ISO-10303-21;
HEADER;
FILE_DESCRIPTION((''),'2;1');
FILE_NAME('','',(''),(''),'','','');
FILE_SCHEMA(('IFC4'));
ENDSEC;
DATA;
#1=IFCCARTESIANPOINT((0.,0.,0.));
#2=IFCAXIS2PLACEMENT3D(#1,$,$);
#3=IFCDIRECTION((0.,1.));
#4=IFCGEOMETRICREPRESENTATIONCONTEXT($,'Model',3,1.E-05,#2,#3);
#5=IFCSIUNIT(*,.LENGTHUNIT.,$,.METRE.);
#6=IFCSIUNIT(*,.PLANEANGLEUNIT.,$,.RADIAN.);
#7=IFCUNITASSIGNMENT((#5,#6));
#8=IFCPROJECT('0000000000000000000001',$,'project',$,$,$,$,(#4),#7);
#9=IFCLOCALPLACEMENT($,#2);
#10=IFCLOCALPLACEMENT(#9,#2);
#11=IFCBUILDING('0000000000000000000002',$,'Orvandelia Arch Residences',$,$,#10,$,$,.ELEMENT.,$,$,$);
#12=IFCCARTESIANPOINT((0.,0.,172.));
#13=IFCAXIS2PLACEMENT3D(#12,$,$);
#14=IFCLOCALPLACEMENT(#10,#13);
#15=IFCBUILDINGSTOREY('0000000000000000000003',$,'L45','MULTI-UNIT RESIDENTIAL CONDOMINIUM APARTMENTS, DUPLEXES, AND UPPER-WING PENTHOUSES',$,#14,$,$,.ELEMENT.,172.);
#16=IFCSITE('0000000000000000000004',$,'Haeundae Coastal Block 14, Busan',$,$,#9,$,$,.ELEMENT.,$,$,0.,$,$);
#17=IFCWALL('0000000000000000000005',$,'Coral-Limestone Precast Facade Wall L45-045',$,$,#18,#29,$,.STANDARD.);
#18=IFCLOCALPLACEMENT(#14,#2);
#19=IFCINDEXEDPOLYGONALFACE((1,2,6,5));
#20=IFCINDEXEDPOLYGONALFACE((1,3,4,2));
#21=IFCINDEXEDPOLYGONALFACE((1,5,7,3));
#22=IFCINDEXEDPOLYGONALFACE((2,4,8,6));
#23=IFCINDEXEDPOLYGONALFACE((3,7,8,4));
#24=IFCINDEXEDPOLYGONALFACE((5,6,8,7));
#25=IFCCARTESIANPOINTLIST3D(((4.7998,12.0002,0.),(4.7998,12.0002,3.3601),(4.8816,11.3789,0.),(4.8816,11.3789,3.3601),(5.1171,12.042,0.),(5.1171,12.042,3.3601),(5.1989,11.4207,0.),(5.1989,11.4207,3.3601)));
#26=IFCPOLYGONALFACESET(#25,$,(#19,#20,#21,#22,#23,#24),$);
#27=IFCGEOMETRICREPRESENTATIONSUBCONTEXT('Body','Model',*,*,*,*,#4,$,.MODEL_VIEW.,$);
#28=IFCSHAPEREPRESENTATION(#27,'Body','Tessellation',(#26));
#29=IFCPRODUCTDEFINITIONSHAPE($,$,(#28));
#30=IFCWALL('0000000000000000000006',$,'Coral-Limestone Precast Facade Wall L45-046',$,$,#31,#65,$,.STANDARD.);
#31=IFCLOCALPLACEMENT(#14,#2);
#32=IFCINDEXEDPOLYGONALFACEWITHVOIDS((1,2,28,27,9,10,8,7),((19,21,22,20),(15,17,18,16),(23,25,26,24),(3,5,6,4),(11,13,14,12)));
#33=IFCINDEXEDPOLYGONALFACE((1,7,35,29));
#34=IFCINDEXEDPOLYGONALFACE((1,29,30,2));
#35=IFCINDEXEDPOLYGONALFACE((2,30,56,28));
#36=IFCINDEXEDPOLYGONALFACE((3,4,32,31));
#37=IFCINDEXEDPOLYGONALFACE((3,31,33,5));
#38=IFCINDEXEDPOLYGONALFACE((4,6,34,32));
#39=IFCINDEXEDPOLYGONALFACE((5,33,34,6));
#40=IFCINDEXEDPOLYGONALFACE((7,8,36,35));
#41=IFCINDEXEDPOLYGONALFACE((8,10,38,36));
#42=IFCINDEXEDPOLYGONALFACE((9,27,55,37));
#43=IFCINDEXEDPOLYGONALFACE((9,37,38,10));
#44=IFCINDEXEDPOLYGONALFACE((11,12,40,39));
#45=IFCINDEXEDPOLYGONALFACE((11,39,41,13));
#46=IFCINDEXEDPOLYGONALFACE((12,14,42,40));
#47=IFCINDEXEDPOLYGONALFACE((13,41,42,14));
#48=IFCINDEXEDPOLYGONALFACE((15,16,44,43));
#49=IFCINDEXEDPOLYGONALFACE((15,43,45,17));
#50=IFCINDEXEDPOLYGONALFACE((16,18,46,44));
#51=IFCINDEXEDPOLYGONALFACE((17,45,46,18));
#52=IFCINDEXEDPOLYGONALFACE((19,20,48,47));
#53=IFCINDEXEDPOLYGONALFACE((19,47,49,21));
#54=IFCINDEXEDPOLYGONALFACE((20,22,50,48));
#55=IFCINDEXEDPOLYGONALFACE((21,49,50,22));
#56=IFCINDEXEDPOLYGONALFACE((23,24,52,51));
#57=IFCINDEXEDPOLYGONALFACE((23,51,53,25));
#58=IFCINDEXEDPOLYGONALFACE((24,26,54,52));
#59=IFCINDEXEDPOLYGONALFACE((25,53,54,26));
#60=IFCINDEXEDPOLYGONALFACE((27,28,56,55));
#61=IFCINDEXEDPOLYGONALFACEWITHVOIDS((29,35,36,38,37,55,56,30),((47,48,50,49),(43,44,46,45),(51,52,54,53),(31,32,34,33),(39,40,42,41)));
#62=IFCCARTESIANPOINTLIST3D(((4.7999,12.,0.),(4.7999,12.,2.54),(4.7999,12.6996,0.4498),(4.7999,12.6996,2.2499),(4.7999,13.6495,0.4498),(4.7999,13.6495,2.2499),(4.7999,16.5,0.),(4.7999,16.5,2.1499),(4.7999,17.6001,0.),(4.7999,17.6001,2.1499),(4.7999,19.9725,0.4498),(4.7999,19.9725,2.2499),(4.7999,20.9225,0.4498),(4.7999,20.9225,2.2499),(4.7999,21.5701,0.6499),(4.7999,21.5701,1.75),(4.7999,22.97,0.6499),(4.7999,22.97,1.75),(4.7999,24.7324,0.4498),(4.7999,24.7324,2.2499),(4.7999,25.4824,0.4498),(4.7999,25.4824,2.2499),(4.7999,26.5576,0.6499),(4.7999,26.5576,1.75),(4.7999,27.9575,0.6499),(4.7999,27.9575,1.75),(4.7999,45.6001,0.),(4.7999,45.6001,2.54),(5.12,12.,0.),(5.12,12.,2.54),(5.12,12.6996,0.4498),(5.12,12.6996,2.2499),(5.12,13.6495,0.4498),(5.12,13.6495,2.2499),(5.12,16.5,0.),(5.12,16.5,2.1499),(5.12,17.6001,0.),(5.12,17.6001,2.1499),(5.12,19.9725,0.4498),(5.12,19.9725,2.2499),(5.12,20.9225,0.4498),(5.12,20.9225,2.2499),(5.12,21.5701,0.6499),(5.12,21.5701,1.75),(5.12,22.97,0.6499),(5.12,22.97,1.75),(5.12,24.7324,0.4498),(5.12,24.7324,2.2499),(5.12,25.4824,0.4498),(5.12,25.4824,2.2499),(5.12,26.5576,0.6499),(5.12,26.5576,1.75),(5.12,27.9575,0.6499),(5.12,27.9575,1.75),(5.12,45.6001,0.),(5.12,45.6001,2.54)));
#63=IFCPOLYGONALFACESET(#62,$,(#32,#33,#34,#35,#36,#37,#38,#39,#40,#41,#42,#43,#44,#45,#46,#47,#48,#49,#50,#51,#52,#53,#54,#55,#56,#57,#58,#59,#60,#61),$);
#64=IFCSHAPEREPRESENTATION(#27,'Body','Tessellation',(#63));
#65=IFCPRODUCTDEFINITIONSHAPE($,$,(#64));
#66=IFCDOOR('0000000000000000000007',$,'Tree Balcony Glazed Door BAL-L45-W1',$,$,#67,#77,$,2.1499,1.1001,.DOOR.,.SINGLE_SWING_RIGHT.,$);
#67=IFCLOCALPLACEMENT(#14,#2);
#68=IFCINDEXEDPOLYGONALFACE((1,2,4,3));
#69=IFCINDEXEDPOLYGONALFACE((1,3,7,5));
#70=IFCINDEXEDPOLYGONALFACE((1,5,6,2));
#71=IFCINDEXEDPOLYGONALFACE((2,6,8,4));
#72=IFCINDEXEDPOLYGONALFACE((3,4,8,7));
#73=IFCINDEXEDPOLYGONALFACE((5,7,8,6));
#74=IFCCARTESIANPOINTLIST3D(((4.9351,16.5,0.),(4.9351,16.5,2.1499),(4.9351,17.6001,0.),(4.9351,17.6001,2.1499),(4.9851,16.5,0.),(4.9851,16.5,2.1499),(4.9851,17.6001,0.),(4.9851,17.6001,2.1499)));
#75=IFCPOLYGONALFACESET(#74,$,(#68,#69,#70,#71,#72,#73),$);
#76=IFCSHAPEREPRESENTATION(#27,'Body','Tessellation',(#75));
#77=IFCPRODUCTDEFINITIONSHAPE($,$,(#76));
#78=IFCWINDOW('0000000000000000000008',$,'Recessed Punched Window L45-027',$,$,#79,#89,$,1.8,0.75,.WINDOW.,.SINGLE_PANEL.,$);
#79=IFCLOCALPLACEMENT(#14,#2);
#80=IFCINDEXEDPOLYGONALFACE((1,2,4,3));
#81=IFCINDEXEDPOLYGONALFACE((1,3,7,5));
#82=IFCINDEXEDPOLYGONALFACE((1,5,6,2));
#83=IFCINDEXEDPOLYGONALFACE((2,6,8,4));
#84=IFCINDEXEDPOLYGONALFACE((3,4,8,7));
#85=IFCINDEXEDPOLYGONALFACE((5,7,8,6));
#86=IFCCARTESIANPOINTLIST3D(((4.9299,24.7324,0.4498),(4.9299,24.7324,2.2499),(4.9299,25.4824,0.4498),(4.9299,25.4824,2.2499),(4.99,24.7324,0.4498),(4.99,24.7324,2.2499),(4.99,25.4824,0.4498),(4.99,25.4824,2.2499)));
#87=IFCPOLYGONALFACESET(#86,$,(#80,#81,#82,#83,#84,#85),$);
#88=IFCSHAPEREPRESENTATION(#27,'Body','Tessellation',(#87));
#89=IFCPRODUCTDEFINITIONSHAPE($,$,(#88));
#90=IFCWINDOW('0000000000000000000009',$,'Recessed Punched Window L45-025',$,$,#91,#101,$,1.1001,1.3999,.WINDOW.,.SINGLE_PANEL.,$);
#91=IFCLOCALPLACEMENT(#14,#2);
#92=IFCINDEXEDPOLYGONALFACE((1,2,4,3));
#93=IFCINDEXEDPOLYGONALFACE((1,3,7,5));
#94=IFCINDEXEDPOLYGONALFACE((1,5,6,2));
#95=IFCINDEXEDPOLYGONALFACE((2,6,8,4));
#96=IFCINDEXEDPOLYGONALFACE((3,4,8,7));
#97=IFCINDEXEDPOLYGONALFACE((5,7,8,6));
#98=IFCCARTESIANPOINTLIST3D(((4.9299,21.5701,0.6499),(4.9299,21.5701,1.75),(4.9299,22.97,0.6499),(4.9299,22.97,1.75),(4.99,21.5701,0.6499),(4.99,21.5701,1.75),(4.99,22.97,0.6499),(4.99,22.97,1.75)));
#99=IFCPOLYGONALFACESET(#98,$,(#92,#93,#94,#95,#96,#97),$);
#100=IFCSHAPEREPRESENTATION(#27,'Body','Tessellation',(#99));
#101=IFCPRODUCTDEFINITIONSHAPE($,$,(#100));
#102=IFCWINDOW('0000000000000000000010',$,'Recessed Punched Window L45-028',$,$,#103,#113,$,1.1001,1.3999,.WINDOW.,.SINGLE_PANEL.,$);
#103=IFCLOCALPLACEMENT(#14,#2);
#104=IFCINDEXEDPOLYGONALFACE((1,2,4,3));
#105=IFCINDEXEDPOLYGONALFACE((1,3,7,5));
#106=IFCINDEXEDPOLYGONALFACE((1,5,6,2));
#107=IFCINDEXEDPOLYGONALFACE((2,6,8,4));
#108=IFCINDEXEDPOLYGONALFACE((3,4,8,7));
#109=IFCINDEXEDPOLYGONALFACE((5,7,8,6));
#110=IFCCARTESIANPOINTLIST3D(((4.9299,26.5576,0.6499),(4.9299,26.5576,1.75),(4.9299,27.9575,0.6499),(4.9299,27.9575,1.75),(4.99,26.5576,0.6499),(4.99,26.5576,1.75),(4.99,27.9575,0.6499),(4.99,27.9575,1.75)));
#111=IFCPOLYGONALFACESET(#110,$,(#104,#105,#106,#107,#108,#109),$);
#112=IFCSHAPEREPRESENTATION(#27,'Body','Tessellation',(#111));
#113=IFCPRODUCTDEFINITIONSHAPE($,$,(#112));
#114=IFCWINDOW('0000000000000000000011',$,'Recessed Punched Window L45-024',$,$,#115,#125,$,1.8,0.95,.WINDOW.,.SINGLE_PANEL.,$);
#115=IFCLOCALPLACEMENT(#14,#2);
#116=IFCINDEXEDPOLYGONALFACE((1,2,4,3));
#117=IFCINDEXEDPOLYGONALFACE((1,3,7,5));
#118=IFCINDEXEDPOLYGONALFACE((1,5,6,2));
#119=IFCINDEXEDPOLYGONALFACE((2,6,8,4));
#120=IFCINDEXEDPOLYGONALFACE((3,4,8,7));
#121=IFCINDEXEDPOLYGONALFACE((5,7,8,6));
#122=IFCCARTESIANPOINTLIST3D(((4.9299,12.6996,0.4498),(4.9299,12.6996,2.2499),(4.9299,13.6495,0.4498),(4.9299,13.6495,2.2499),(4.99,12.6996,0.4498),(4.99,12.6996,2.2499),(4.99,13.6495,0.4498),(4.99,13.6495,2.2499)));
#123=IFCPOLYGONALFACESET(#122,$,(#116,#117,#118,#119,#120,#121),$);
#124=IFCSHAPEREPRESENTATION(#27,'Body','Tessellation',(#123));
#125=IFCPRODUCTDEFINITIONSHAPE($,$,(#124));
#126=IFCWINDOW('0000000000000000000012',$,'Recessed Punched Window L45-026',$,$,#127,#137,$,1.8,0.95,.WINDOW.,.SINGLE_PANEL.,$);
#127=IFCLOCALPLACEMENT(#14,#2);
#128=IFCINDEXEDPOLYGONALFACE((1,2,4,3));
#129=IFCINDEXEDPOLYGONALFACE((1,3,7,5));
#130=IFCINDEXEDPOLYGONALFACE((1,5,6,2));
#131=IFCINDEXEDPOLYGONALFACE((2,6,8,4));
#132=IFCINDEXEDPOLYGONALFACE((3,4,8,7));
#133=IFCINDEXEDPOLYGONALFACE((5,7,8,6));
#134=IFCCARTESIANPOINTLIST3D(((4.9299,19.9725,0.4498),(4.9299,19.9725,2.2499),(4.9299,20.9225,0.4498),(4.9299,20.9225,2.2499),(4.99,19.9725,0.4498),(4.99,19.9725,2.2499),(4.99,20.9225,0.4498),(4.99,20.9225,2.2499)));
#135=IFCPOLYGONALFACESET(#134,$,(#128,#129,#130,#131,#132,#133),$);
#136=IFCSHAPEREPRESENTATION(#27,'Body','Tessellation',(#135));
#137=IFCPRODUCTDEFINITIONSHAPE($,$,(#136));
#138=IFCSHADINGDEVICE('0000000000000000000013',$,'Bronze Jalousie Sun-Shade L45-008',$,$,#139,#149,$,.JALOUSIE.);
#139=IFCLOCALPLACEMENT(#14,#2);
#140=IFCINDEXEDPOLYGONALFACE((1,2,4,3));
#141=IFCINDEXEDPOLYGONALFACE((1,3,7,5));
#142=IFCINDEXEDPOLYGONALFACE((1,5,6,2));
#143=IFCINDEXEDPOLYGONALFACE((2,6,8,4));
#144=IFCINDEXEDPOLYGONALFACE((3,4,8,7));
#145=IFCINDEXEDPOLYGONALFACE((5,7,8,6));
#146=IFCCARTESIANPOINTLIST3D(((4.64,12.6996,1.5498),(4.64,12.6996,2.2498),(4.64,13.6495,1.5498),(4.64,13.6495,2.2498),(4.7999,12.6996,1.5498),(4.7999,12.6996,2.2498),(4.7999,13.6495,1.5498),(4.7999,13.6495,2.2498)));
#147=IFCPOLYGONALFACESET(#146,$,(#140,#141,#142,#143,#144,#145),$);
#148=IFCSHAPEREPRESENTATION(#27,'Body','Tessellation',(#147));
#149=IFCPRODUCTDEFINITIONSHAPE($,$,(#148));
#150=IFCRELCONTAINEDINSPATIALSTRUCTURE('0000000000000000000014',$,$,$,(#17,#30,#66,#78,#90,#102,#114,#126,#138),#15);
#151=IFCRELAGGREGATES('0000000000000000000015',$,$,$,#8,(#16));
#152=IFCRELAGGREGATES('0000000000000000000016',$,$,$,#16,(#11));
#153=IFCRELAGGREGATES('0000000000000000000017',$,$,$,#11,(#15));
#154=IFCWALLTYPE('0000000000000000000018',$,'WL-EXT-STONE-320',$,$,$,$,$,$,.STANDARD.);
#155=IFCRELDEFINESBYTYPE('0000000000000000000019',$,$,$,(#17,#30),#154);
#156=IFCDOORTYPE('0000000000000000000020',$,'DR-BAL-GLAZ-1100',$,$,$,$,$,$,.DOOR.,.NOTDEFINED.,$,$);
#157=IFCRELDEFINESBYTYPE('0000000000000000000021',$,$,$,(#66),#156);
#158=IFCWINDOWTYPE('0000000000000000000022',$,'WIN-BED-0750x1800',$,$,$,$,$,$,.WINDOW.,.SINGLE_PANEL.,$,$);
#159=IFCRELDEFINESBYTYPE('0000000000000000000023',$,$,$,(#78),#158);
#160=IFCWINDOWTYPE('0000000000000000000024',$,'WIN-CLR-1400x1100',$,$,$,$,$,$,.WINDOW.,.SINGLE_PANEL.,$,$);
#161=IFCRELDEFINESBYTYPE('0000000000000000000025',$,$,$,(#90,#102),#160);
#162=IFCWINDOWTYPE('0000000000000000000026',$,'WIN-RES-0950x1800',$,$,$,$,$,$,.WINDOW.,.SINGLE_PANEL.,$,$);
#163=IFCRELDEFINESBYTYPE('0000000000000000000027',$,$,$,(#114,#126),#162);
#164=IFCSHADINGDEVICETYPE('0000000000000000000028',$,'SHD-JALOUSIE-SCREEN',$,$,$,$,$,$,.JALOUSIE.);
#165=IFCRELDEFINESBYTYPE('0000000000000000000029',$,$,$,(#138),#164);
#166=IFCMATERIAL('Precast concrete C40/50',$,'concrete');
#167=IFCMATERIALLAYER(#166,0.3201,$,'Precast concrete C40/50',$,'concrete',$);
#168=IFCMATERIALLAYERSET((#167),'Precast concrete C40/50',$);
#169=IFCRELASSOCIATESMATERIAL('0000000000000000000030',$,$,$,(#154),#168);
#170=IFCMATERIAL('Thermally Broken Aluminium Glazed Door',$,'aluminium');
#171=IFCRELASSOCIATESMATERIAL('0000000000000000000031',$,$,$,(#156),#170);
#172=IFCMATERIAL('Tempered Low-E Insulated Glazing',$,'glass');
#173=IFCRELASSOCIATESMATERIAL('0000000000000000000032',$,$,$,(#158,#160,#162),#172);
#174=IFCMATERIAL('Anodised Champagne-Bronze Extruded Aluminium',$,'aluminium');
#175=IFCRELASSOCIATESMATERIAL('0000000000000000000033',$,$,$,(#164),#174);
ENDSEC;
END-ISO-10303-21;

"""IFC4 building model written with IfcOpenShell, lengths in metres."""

from ifc_helpers import new_model, si_unit, direction, frame, frame_2d, origin, origin_2d, place, context, subcontext, project, spatial, rectangle, extrude, material, layer, layer_set, type_object, element, fill, save


model = new_model("IFC4")

# Units and contexts
model_context = context("Model", 3, precision=1e-05, world=origin(), true_north=direction((0.0, 1.0)))
body_context = subcontext(model_context, "Body", "Model", "MODEL_VIEW")
ifc_project = project(units=[si_unit("LENGTHUNIT", "METRE"), si_unit("PLANEANGLEUNIT", "RADIAN")], contexts=[model_context])

# Site, building, storey
site_placement = place(None, origin())
site = spatial("IfcSite", under=ifc_project, at=site_placement, Name="Haeundae Coastal Block 14, Busan", CompositionType="ELEMENT", RefElevation=0.0)
building_placement = place(site_placement, origin())
building = spatial("IfcBuilding", under=site, at=building_placement, Name="Orvandelia Arch Residences", CompositionType="ELEMENT")
storey_placement = place(building_placement, frame((0.0, 0.0, 172.0)))
storey = spatial("IfcBuildingStorey", under=building, at=storey_placement, Name="L45", Description="MULTI-UNIT RESIDENTIAL CONDOMINIUM APARTMENTS, DUPLEXES, AND UPPER-WING PENTHOUSES", CompositionType="ELEMENT", Elevation=172.0)

# Shared definitions
ifc_material_1 = material(Name="Precast concrete C40/50", Category="concrete")

# Wall
ifc_layer_1 = layer(ifc_material_1, 0.3201, Name="Precast concrete C40/50", Category="concrete")
ifc_layer_set_1 = layer_set([ifc_layer_1], Name="Precast concrete C40/50")
wall_type_1 = type_object("IfcWallType", Name="WL-EXT-STONE-320", PredefinedType="STANDARD", material=ifc_layer_set_1)
wall_1_placement = place(storey_placement, frame((5.0403, 11.3997, 0.0), z_axis=(0.0, 0.0, 1.0), x_axis=(-0.130505, 0.991448, 0.0)))
element("IfcWall", 1, at=wall_1_placement, inside=storey, type_object=wall_type_1, Name="Coral-Limestone Precast Facade Wall L45-045", PredefinedType="STANDARD", context=body_context, shape_type="SweptSolid", body=[
    extrude(rectangle(XDim=0.6267, YDim=0.3201, at=frame_2d((0.3135, 0.0))), origin(), (0.0, 0.0, 1.0), 3.3601),
])

# Wall, openings, door, windows
wall_2_placement = place(storey_placement, frame((4.96, 12.0, 0.0), z_axis=(0.0, 0.0, 1.0), x_axis=(0.0, 1.0, 0.0)))
wall_2 = element("IfcWall", 2, at=wall_2_placement, inside=storey, type_object=wall_type_1, Name="Coral-Limestone Precast Facade Wall L45-046", PredefinedType="STANDARD", context=body_context, shape_type="SweptSolid", body=[
    extrude(rectangle(XDim=33.6001, YDim=0.3201, at=frame_2d((16.8, 0.0))), origin(), (0.0, 0.0, 1.0), 2.54),
])
opening_1_placement = place(wall_2_placement, frame((4.5, 0.0, 0.0)))
opening_1 = element("IfcOpeningElement", 3, at=opening_1_placement, cuts=wall_2, PredefinedType="OPENING", context=body_context, shape_type="SweptSolid", body=[
    extrude(rectangle(XDim=1.1001, YDim=2.1499, at=frame_2d((0.55, 1.075))), frame((0.0, 0.1699, 0.0), z_axis=(0.0, -1.0, 0.0), x_axis=(1.0, 0.0, 0.0)), (0.0, 0.0, 1.0), 0.3401),
])
opening_2_placement = place(wall_2_placement, frame((0.6995, 0.0, 0.45)))
opening_2 = element("IfcOpeningElement", 4, at=opening_2_placement, cuts=wall_2, PredefinedType="OPENING", context=body_context, shape_type="SweptSolid", body=[
    extrude(rectangle(XDim=0.95, YDim=1.8, at=frame_2d((0.4751, 0.8999))), frame((0.0, 0.1699, 0.0), z_axis=(0.0, -1.0, 0.0), x_axis=(1.0, 0.0, 0.0)), (0.0, 0.0, 1.0), 0.3401),
])
opening_3_placement = place(wall_2_placement, frame((9.5701, 0.0, 0.6499)))
opening_3 = element("IfcOpeningElement", 5, at=opening_3_placement, cuts=wall_2, PredefinedType="OPENING", context=body_context, shape_type="SweptSolid", body=[
    extrude(rectangle(XDim=1.3999, YDim=1.1001, at=frame_2d((0.7, 0.55))), frame((0.0, 0.1699, 0.0), z_axis=(0.0, -1.0, 0.0), x_axis=(1.0, 0.0, 0.0)), (0.0, 0.0, 1.0), 0.3401),
])
opening_4_placement = place(wall_2_placement, frame((7.9724, 0.0, 0.45)))
opening_4 = element("IfcOpeningElement", 6, at=opening_4_placement, cuts=wall_2, PredefinedType="OPENING", context=body_context, shape_type="SweptSolid", body=[
    extrude(rectangle(XDim=0.95, YDim=1.8, at=frame_2d((0.4751, 0.8999))), frame((0.0, 0.1699, 0.0), z_axis=(0.0, -1.0, 0.0), x_axis=(1.0, 0.0, 0.0)), (0.0, 0.0, 1.0), 0.3401),
])
opening_5_placement = place(wall_2_placement, frame((12.7324, 0.0, 0.45)))
opening_5 = element("IfcOpeningElement", 7, at=opening_5_placement, cuts=wall_2, PredefinedType="OPENING", context=body_context, shape_type="SweptSolid", body=[
    extrude(rectangle(XDim=0.75, YDim=1.8, at=frame_2d((0.375, 0.8999))), frame((0.0, 0.1699, 0.0), z_axis=(0.0, -1.0, 0.0), x_axis=(1.0, 0.0, 0.0)), (0.0, 0.0, 1.0), 0.3401),
])
opening_6_placement = place(wall_2_placement, frame((14.5576, 0.0, 0.6499)))
opening_6 = element("IfcOpeningElement", 8, at=opening_6_placement, cuts=wall_2, PredefinedType="OPENING", context=body_context, shape_type="SweptSolid", body=[
    extrude(rectangle(XDim=1.3999, YDim=1.1001, at=frame_2d((0.7, 0.55))), frame((0.0, 0.1699, 0.0), z_axis=(0.0, -1.0, 0.0), x_axis=(1.0, 0.0, 0.0)), (0.0, 0.0, 1.0), 0.3401),
])
ifc_material_2 = material(Name="Thermally Broken Aluminium Glazed Door", Category="aluminium")
door_type_1 = type_object("IfcDoorType", Name="DR-BAL-GLAZ-1100", OperationType="NOTDEFINED", PredefinedType="DOOR", material=ifc_material_2)
door_1_placement = place(opening_1_placement, origin())
door_1 = element("IfcDoor", 9, at=door_1_placement, inside=storey, type_object=door_type_1, Name="Tree Balcony Glazed Door BAL-L45-W1", OperationType="SINGLE_SWING_RIGHT", OverallHeight=2.1499, OverallWidth=1.1001, PredefinedType="DOOR", context=body_context, shape_type="SweptSolid", body=[
    extrude(rectangle(XDim=1.1001, YDim=2.1499, at=frame_2d((0.55, 1.075))), frame((0.0, 0.0249, 0.0), z_axis=(0.0, -1.0, 0.0), x_axis=(1.0, 0.0, 0.0)), (0.0, 0.0, 1.0), 0.05),
])
fill(opening_1, door_1)
ifc_material_3 = material(Name="Tempered Low-E Insulated Glazing", Category="glass")
window_type_1 = type_object("IfcWindowType", Name="WIN-BED-0750x1800", PartitioningType="SINGLE_PANEL", PredefinedType="WINDOW", material=ifc_material_3)
window_1_placement = place(opening_5_placement, origin())
window_1 = element("IfcWindow", 10, at=window_1_placement, inside=storey, type_object=window_type_1, Name="Recessed Punched Window L45-027", OverallHeight=1.8, OverallWidth=0.75, PartitioningType="SINGLE_PANEL", PredefinedType="WINDOW", context=body_context, shape_type="SweptSolid", body=[
    extrude(rectangle(XDim=0.75, YDim=1.8, at=frame_2d((0.375, 0.8999))), frame((0.0, 0.03, 0.0), z_axis=(0.0, -1.0, 0.0), x_axis=(1.0, 0.0, 0.0)), (0.0, 0.0, 1.0), 0.0601),
])
fill(opening_5, window_1)
window_type_2 = type_object("IfcWindowType", Name="WIN-CLR-1400x1100", PartitioningType="SINGLE_PANEL", PredefinedType="WINDOW", material=ifc_material_3)
window_2_placement = place(opening_3_placement, origin())
window_2 = element("IfcWindow", 11, at=window_2_placement, inside=storey, type_object=window_type_2, Name="Recessed Punched Window L45-025", OverallHeight=1.1001, OverallWidth=1.3999, PartitioningType="SINGLE_PANEL", PredefinedType="WINDOW", context=body_context, shape_type="SweptSolid", body=[
    extrude(rectangle(XDim=1.3999, YDim=1.1001, at=frame_2d((0.7, 0.55))), frame((0.0, 0.03, 0.0), z_axis=(0.0, -1.0, 0.0), x_axis=(1.0, 0.0, 0.0)), (0.0, 0.0, 1.0), 0.0601),
])
fill(opening_3, window_2)
window_3_placement = place(opening_6_placement, origin())
window_3 = element("IfcWindow", 12, at=window_3_placement, inside=storey, type_object=window_type_2, Name="Recessed Punched Window L45-028", OverallHeight=1.1001, OverallWidth=1.3999, PartitioningType="SINGLE_PANEL", PredefinedType="WINDOW", context=body_context, shape_type="SweptSolid", body=[
    extrude(rectangle(XDim=1.3999, YDim=1.1001, at=frame_2d((0.7, 0.55))), frame((0.0, 0.03, 0.0), z_axis=(0.0, -1.0, 0.0), x_axis=(1.0, 0.0, 0.0)), (0.0, 0.0, 1.0), 0.0601),
])
fill(opening_6, window_3)
window_type_3 = type_object("IfcWindowType", Name="WIN-RES-0950x1800", PartitioningType="SINGLE_PANEL", PredefinedType="WINDOW", material=ifc_material_3)
window_4_placement = place(opening_2_placement, origin())
window_4 = element("IfcWindow", 13, at=window_4_placement, inside=storey, type_object=window_type_3, Name="Recessed Punched Window L45-024", OverallHeight=1.8, OverallWidth=0.95, PartitioningType="SINGLE_PANEL", PredefinedType="WINDOW", context=body_context, shape_type="SweptSolid", body=[
    extrude(rectangle(XDim=0.95, YDim=1.8, at=frame_2d((0.4751, 0.8999))), frame((0.0, 0.03, 0.0), z_axis=(0.0, -1.0, 0.0), x_axis=(1.0, 0.0, 0.0)), (0.0, 0.0, 1.0), 0.0601),
])
fill(opening_2, window_4)
window_5_placement = place(opening_4_placement, origin())
window_5 = element("IfcWindow", 14, at=window_5_placement, inside=storey, type_object=window_type_3, Name="Recessed Punched Window L45-026", OverallHeight=1.8, OverallWidth=0.95, PartitioningType="SINGLE_PANEL", PredefinedType="WINDOW", context=body_context, shape_type="SweptSolid", body=[
    extrude(rectangle(XDim=0.95, YDim=1.8, at=frame_2d((0.4751, 0.8999))), frame((0.0, 0.03, 0.0), z_axis=(0.0, -1.0, 0.0), x_axis=(1.0, 0.0, 0.0)), (0.0, 0.0, 1.0), 0.0601),
])
fill(opening_4, window_5)

# Shading device
ifc_material_4 = material(Name="Anodised Champagne-Bronze Extruded Aluminium", Category="aluminium")
shading_device_type = type_object("IfcShadingDeviceType", Name="SHD-JALOUSIE-SCREEN", PredefinedType="JALOUSIE", material=ifc_material_4)
shading_device_placement = place(storey_placement, frame((4.72, 13.1746, 1.5498), z_axis=(0.0, 0.0, 1.0), x_axis=(0.0, 1.0, 0.0)))
element("IfcShadingDevice", 15, at=shading_device_placement, inside=storey, type_object=shading_device_type, Name="Bronze Jalousie Sun-Shade L45-008", PredefinedType="JALOUSIE", context=body_context, shape_type="SweptSolid", body=[
    extrude(rectangle(XDim=0.95, YDim=0.1599, at=origin_2d()), origin(), (0.0, 0.0, 1.0), 0.7),
])

save(model, "model.ifc")
